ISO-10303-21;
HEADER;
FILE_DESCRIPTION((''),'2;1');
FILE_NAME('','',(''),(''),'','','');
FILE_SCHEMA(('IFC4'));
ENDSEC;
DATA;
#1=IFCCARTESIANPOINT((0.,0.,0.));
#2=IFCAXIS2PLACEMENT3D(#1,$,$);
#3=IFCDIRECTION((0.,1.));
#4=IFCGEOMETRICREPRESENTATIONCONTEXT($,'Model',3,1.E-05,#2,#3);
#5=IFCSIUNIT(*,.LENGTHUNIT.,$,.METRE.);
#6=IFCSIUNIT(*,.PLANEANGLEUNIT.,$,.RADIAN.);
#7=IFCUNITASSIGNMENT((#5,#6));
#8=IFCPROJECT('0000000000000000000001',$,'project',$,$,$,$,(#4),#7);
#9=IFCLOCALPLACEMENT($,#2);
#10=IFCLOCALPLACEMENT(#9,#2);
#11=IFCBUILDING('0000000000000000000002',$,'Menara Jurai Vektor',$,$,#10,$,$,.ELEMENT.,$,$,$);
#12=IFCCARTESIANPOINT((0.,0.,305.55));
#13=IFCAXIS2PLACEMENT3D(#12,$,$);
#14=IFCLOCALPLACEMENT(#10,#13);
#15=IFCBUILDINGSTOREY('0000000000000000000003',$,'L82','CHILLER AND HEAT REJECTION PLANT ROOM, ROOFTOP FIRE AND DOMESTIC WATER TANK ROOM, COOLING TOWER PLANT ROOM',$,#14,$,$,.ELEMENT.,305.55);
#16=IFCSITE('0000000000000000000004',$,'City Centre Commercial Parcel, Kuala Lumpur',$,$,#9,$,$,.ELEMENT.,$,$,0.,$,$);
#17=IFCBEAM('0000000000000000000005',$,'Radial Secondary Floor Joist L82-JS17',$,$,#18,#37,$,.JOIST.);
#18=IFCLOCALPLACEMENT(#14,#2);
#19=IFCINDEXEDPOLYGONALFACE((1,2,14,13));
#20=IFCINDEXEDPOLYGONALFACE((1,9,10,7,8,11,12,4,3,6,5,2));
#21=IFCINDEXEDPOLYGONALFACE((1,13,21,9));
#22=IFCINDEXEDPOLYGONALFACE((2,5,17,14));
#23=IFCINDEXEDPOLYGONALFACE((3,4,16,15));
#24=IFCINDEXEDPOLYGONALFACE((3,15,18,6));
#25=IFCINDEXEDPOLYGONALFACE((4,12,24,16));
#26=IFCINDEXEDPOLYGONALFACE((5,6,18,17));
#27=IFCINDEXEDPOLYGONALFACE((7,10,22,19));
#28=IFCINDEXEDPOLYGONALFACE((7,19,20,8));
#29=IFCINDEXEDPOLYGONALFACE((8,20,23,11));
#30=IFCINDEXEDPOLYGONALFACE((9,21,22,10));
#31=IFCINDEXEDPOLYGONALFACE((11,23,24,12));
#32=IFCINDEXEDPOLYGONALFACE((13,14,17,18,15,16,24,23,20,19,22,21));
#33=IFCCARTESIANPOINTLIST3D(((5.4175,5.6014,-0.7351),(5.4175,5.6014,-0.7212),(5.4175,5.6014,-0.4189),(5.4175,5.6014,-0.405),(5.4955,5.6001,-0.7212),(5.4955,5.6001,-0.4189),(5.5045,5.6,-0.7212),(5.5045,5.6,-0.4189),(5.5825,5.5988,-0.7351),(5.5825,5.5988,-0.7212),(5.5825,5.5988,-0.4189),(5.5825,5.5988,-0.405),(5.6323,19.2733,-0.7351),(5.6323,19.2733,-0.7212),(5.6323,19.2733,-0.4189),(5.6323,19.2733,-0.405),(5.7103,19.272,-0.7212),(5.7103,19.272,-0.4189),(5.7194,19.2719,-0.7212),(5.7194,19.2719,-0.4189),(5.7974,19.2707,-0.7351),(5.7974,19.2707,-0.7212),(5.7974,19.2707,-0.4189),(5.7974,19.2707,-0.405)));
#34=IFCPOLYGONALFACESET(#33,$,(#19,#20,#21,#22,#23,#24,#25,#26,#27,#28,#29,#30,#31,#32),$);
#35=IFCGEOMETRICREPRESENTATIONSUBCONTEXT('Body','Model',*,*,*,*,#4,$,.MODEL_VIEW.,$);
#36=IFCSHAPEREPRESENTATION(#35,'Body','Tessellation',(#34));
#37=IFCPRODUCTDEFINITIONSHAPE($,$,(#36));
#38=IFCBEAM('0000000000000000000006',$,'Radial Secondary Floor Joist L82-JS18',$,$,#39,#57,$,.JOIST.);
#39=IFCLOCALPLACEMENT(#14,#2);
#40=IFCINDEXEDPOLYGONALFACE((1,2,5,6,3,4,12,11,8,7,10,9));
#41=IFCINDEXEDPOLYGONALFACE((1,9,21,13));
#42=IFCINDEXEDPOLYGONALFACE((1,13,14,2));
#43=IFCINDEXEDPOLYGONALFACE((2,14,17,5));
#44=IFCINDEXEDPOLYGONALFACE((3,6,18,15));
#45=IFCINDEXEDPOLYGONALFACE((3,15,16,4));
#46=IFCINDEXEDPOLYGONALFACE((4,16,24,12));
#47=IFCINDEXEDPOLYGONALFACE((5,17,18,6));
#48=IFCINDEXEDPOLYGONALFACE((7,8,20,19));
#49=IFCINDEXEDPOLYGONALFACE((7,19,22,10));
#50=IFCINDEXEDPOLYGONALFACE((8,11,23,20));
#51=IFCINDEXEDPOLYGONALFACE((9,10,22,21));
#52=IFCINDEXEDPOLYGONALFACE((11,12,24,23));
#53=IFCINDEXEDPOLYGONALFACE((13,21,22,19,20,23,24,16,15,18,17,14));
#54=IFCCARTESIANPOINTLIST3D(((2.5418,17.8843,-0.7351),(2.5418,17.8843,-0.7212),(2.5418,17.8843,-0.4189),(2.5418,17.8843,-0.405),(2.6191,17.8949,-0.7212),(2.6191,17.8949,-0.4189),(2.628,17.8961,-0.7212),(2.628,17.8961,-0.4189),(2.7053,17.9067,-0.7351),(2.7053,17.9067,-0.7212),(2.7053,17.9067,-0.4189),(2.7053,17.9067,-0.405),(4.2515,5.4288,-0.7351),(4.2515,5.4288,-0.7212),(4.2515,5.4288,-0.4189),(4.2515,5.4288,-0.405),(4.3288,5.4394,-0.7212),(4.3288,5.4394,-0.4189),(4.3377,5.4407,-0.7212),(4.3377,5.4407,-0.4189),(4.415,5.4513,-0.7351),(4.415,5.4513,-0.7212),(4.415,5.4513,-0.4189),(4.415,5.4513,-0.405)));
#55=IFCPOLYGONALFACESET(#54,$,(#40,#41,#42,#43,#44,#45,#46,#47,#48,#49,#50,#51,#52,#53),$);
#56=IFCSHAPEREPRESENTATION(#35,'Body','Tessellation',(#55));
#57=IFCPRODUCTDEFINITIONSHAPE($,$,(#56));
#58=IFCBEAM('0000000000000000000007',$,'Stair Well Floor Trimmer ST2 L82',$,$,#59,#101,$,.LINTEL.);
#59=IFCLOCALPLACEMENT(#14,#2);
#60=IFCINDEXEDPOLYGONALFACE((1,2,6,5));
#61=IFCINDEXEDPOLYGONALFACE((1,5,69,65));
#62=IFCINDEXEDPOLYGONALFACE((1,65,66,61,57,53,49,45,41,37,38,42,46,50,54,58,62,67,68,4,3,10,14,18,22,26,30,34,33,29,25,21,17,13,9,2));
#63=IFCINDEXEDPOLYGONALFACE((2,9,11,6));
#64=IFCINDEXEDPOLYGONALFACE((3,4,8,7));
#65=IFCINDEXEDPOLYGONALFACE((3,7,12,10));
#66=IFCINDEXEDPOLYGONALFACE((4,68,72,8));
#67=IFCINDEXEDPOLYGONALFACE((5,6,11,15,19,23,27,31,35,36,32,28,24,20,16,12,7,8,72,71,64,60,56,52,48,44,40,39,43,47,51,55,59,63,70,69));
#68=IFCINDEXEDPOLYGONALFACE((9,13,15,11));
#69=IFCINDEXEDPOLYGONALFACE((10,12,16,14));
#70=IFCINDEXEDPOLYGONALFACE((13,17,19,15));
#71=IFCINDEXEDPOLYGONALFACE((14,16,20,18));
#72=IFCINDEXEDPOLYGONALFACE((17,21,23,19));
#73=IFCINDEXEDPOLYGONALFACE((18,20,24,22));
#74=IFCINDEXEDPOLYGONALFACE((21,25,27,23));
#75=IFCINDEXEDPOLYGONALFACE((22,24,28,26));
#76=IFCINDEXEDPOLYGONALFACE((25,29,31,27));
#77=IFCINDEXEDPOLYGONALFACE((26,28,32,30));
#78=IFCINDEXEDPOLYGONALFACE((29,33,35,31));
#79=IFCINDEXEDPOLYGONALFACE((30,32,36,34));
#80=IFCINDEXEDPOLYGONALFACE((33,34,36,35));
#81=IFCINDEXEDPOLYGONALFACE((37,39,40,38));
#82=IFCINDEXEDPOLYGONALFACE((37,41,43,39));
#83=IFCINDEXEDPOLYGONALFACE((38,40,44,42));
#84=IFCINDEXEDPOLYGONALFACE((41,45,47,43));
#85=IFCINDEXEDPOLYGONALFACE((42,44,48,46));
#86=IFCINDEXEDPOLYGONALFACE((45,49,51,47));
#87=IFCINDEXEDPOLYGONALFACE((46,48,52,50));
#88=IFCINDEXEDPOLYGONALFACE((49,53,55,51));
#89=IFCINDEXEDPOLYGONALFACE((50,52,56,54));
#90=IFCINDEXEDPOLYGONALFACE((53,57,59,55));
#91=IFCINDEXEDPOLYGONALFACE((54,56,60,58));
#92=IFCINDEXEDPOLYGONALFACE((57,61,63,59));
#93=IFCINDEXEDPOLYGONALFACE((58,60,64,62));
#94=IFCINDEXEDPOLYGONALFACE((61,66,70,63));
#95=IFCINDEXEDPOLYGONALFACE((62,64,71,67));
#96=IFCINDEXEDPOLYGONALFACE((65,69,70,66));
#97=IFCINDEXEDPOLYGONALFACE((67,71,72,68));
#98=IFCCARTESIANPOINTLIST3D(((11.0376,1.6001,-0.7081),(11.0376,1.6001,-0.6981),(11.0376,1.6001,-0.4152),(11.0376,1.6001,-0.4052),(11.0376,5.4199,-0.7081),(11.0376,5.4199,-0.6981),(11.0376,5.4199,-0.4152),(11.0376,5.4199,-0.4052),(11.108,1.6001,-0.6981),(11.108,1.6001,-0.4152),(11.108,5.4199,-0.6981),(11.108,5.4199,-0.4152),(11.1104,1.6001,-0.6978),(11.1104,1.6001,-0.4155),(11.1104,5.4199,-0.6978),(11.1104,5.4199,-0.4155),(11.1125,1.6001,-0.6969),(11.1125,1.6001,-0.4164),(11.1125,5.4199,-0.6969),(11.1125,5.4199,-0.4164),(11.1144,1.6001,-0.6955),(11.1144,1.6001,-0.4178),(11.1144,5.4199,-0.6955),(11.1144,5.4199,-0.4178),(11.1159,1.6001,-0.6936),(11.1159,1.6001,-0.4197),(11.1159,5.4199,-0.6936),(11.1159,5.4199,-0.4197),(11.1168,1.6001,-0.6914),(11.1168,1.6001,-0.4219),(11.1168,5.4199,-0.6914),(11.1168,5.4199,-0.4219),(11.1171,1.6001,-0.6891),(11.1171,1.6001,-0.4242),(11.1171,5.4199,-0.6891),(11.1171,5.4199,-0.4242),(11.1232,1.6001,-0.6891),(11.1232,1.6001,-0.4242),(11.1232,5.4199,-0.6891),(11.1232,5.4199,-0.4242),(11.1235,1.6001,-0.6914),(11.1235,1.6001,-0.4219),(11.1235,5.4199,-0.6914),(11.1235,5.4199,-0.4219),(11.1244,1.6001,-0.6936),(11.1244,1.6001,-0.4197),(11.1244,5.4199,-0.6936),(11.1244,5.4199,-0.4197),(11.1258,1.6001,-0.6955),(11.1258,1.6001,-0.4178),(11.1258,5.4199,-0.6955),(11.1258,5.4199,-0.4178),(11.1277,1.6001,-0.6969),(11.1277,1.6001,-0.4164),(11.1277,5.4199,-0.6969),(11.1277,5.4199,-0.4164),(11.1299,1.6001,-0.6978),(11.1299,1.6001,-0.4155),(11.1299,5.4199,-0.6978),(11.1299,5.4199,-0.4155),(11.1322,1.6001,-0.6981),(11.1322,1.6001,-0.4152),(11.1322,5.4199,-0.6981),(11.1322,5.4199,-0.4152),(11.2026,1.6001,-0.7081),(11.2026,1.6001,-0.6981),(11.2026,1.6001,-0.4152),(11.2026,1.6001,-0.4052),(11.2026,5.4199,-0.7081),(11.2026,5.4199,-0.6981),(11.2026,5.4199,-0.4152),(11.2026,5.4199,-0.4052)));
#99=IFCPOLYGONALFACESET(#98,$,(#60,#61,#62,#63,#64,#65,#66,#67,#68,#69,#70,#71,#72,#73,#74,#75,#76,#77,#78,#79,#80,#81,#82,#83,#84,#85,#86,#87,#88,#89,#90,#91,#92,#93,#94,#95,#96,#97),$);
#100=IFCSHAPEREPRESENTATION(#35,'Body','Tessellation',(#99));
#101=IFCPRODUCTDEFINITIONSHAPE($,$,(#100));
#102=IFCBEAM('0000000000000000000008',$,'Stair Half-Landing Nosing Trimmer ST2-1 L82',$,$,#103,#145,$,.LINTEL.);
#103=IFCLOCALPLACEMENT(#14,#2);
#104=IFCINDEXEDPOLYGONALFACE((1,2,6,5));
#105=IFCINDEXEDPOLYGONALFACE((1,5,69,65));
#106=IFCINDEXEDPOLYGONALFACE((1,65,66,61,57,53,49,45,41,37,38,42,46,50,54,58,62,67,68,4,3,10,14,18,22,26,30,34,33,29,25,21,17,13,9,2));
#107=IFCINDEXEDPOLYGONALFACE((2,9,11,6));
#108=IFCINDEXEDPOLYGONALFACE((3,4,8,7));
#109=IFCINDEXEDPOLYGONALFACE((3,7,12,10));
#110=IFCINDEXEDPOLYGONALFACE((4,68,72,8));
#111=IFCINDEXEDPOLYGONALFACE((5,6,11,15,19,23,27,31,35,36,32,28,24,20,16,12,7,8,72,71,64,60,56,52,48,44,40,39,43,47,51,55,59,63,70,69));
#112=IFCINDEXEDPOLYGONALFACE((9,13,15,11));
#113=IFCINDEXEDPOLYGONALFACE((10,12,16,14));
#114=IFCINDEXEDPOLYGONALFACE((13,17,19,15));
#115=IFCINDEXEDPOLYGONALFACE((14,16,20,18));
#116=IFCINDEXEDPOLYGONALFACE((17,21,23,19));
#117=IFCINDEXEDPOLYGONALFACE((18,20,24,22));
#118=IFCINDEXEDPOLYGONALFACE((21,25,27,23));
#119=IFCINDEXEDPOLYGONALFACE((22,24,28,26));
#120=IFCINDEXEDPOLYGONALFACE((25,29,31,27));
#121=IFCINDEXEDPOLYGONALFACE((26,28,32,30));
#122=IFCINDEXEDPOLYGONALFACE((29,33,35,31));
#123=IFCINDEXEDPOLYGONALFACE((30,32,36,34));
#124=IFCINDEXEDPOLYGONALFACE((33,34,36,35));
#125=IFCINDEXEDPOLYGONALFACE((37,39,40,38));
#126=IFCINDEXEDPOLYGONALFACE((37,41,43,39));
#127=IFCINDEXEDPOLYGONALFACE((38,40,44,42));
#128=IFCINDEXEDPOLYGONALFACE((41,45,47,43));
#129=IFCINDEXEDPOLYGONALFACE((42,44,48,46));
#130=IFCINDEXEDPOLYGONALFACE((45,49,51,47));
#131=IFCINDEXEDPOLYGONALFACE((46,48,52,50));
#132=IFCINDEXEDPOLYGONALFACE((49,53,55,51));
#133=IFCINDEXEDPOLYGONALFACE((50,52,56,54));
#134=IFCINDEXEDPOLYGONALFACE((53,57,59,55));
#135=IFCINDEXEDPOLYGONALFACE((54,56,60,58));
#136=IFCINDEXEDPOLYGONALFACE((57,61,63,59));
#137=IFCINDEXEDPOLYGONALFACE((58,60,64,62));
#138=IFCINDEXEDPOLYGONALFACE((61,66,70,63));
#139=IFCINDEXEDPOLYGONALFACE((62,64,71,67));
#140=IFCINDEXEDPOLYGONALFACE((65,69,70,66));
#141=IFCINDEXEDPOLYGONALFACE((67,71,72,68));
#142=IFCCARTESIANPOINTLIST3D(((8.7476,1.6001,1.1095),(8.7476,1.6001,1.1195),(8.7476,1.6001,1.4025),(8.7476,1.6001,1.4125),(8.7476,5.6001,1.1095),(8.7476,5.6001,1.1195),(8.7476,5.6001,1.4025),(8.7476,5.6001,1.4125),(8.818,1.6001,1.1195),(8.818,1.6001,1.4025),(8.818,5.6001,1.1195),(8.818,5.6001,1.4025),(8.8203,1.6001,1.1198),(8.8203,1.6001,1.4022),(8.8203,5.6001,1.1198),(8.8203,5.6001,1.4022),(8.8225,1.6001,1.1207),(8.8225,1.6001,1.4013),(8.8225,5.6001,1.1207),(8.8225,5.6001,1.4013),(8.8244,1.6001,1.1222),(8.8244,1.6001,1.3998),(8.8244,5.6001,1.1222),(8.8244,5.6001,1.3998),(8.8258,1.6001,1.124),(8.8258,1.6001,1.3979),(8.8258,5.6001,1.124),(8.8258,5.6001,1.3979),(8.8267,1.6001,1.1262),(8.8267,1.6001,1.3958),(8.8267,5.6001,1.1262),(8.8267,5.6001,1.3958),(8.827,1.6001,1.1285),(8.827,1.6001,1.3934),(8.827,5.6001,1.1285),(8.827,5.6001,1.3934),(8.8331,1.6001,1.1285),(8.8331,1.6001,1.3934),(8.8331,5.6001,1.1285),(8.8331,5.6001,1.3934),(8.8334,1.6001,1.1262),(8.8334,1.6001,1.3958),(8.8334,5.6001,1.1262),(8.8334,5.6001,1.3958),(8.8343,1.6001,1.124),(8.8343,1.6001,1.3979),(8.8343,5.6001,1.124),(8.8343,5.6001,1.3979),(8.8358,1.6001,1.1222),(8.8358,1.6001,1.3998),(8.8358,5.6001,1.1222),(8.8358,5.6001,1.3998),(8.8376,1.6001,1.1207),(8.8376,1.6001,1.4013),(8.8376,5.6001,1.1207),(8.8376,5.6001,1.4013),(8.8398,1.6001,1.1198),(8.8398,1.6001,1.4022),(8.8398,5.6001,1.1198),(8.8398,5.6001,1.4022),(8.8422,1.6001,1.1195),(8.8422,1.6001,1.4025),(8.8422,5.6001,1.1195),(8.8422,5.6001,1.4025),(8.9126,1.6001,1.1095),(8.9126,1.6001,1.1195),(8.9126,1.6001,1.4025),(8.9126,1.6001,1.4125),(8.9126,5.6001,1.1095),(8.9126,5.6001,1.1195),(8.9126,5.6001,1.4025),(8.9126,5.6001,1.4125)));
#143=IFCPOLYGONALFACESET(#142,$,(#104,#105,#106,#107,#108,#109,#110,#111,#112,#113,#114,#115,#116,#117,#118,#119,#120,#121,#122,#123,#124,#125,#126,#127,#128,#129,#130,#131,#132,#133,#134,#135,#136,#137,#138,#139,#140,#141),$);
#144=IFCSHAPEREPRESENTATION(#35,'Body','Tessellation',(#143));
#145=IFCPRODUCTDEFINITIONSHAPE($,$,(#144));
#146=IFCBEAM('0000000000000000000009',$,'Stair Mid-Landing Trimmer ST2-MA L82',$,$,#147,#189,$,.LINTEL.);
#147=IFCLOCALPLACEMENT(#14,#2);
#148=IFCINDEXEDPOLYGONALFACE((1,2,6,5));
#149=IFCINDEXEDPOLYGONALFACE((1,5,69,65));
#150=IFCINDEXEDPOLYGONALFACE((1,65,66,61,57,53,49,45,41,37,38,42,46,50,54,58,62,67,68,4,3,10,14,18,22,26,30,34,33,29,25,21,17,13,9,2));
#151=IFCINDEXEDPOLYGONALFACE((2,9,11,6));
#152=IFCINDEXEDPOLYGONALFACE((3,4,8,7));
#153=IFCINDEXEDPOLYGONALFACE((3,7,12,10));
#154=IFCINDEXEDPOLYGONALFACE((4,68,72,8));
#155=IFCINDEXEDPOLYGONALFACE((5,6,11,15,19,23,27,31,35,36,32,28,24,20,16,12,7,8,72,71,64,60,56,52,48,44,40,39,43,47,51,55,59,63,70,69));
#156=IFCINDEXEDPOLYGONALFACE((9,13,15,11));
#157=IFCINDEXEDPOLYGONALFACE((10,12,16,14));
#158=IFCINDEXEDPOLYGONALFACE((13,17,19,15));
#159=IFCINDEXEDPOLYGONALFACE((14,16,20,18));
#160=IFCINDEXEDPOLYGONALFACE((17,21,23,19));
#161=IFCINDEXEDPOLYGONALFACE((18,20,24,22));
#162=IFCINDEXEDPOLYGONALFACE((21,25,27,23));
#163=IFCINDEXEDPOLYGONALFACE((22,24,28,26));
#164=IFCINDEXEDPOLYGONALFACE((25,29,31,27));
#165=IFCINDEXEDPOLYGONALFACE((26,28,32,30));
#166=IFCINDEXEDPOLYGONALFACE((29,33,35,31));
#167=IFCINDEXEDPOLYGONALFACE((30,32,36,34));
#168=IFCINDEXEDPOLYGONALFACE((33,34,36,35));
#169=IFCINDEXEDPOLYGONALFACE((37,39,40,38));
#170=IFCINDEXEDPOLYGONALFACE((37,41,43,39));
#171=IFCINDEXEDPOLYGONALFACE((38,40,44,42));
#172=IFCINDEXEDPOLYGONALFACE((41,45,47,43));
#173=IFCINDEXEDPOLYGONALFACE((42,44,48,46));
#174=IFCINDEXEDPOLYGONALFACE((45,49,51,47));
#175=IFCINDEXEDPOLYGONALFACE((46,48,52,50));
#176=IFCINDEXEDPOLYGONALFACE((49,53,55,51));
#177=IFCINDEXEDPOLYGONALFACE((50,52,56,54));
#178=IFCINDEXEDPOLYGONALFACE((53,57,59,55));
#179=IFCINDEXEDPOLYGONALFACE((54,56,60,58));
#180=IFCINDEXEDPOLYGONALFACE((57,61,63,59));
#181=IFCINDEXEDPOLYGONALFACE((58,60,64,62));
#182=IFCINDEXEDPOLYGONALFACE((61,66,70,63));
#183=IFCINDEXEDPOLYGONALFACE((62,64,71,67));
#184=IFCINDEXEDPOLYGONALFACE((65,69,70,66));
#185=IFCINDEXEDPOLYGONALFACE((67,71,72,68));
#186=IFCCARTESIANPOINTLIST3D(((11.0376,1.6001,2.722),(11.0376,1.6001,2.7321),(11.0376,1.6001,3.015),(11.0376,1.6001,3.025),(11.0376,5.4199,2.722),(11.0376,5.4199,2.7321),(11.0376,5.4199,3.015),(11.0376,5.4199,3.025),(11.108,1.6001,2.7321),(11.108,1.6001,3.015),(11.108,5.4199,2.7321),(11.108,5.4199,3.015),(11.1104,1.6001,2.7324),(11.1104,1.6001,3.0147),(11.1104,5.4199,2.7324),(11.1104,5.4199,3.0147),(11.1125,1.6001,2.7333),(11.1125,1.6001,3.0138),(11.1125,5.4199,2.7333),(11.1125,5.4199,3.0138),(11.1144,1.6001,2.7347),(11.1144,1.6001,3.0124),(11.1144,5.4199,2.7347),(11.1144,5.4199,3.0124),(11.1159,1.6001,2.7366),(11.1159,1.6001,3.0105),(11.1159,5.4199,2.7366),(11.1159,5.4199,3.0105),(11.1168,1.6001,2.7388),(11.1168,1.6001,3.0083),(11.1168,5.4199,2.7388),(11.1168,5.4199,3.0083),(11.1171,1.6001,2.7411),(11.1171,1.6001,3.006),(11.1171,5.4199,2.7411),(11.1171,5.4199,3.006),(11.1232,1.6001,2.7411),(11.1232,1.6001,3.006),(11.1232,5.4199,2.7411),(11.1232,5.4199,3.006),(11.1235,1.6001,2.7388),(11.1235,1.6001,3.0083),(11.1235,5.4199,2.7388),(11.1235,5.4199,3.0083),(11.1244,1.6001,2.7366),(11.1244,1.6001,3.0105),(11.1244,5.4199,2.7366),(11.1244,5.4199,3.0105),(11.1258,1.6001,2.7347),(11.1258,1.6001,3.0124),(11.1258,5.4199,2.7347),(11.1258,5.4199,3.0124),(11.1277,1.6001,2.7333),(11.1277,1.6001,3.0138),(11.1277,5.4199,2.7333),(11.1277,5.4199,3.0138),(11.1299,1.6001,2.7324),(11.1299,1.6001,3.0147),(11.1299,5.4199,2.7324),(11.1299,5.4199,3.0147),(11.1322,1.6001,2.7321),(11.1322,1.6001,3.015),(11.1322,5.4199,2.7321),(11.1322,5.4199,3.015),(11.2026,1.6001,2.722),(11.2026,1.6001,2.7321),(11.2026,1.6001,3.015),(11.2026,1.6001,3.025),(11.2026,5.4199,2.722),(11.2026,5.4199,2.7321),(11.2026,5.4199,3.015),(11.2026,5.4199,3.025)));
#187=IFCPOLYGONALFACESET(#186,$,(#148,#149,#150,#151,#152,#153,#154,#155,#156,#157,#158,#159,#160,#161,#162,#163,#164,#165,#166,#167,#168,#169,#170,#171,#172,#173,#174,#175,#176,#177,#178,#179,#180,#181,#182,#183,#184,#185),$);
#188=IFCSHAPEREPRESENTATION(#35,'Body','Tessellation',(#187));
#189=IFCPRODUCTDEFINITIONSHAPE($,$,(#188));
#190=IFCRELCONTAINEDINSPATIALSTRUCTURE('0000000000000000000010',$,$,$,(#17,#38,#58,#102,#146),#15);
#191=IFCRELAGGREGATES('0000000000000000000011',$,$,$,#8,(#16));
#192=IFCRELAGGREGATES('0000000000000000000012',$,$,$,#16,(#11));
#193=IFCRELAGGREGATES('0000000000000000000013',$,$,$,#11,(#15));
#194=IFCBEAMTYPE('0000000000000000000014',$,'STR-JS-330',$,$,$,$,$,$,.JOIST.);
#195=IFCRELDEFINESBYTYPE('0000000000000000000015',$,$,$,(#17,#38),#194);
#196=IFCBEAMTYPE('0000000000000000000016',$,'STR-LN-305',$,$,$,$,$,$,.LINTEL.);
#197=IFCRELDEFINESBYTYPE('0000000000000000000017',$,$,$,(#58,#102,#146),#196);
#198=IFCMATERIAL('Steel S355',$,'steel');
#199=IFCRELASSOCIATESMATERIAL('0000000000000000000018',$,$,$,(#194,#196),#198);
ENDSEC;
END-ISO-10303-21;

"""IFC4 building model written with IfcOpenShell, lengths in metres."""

from ifc_helpers import new_model, si_unit, direction, frame, origin, origin_2d, place, context, subcontext, project, spatial, i_section, extrude, material, material_profile, profile_set, type_object, element, save


model = new_model("IFC4")

# Units and contexts
model_context = context("Model", 3, precision=1e-05, world=origin(), true_north=direction((0.0, 1.0)))
body_context = subcontext(model_context, "Body", "Model", "MODEL_VIEW")
ifc_project = project(units=[si_unit("LENGTHUNIT", "METRE"), si_unit("PLANEANGLEUNIT", "RADIAN")], contexts=[model_context])

# Site, building, storey
site_placement = place(None, origin())
site = spatial("IfcSite", under=ifc_project, at=site_placement, Name="City Centre Commercial Parcel, Kuala Lumpur", CompositionType="ELEMENT", RefElevation=0.0)
building_placement = place(site_placement, origin())
building = spatial("IfcBuilding", under=site, at=building_placement, Name="Menara Jurai Vektor", CompositionType="ELEMENT")
storey_placement = place(building_placement, frame((0.0, 0.0, 305.55)))
storey = spatial("IfcBuildingStorey", under=building, at=storey_placement, Name="L82", Description="CHILLER AND HEAT REJECTION PLANT ROOM, ROOFTOP FIRE AND DOMESTIC WATER TANK ROOM, COOLING TOWER PLANT ROOM", CompositionType="ELEMENT", Elevation=305.55)

# Shared definitions
ifc_material_1 = material(Name="Steel S355", Category="steel")

# Beams
ifc_material_profile_1 = material_profile(ifc_material_1, i_section(OverallWidth=0.165, OverallDepth=0.3301, WebThickness=0.009, FlangeThickness=0.0139, at=origin_2d()), Name="PG 330x165x46")
ifc_profile_set_1 = profile_set([ifc_material_profile_1], Name="Steel S355")
beam_type_1 = type_object("IfcBeamType", Name="STR-JS-330", PredefinedType="JOIST", material=ifc_profile_set_1)
beam_1_placement = place(storey_placement, frame((5.7148, 19.272, -0.5701), z_axis=(-0.015712, -0.999877, 0.0), x_axis=(0.999877, -0.015712, 0.0)))
element("IfcBeam", 1, at=beam_1_placement, inside=storey, type_object=beam_type_1, Name="Radial Secondary Floor Joist L82-JS17", PredefinedType="JOIST", context=body_context, shape_type="SweptSolid", body=[
    extrude(i_section(OverallWidth=0.165, OverallDepth=0.3301, WebThickness=0.009, FlangeThickness=0.0139, at=origin_2d()), origin(), (0.0, 0.0, 1.0), 13.6736),
])
beam_2_placement = place(storey_placement, frame((2.6235, 17.8955, -0.5701), z_axis=(0.13599, -0.99071, 0.0), x_axis=(0.99071, 0.13599, 0.0)))
element("IfcBeam", 2, at=beam_2_placement, inside=storey, type_object=beam_type_1, Name="Radial Secondary Floor Joist L82-JS18", PredefinedType="JOIST", context=body_context, shape_type="SweptSolid", body=[
    extrude(i_section(OverallWidth=0.165, OverallDepth=0.3301, WebThickness=0.009, FlangeThickness=0.0139, at=origin_2d()), origin(), (0.0, 0.0, 1.0), 12.5723),
])
ifc_material_profile_2 = material_profile(ifc_material_1, i_section(OverallWidth=0.165, OverallDepth=0.303, WebThickness=0.0061, FlangeThickness=0.01, FilletRadius=0.009, at=origin_2d()), Name="UKB 305x165x40")
ifc_profile_set_2 = profile_set([ifc_material_profile_2], Name="Steel S355")
beam_type_2 = type_object("IfcBeamType", Name="STR-LN-305", PredefinedType="LINTEL", material=ifc_profile_set_2)
beam_3_placement = place(storey_placement, frame((11.1201, 1.6001, -0.5566), z_axis=(0.0, 1.0, 0.0), x_axis=(-1.0, 0.0, 0.0)))
element("IfcBeam", 3, at=beam_3_placement, inside=storey, type_object=beam_type_2, Name="Stair Well Floor Trimmer ST2 L82", PredefinedType="LINTEL", context=body_context, shape_type="SweptSolid", body=[
    extrude(i_section(OverallWidth=0.165, OverallDepth=0.303, WebThickness=0.0061, FlangeThickness=0.01, FilletRadius=0.009, at=origin_2d()), origin(), (0.0, 0.0, 1.0), 3.8198),
])
beam_4_placement = place(storey_placement, frame((8.8301, 1.6001, 1.261), z_axis=(0.0, 1.0, 0.0), x_axis=(-1.0, 0.0, 0.0)))
element("IfcBeam", 4, at=beam_4_placement, inside=storey, type_object=beam_type_2, Name="Stair Half-Landing Nosing Trimmer ST2-1 L82", PredefinedType="LINTEL", context=body_context, shape_type="SweptSolid", body=[
    extrude(i_section(OverallWidth=0.165, OverallDepth=0.303, WebThickness=0.0061, FlangeThickness=0.01, FilletRadius=0.009, at=origin_2d()), origin(), (0.0, 0.0, 1.0), 4.0),
])
beam_5_placement = place(storey_placement, frame((11.1201, 1.6001, 2.8735), z_axis=(0.0, 1.0, 0.0), x_axis=(-1.0, 0.0, 0.0)))
element("IfcBeam", 5, at=beam_5_placement, inside=storey, type_object=beam_type_2, Name="Stair Mid-Landing Trimmer ST2-MA L82", PredefinedType="LINTEL", context=body_context, shape_type="SweptSolid", body=[
    extrude(i_section(OverallWidth=0.165, OverallDepth=0.303, WebThickness=0.0061, FlangeThickness=0.01, FilletRadius=0.009, at=origin_2d()), origin(), (0.0, 0.0, 1.0), 3.8198),
])

save(model, "model.ifc")
